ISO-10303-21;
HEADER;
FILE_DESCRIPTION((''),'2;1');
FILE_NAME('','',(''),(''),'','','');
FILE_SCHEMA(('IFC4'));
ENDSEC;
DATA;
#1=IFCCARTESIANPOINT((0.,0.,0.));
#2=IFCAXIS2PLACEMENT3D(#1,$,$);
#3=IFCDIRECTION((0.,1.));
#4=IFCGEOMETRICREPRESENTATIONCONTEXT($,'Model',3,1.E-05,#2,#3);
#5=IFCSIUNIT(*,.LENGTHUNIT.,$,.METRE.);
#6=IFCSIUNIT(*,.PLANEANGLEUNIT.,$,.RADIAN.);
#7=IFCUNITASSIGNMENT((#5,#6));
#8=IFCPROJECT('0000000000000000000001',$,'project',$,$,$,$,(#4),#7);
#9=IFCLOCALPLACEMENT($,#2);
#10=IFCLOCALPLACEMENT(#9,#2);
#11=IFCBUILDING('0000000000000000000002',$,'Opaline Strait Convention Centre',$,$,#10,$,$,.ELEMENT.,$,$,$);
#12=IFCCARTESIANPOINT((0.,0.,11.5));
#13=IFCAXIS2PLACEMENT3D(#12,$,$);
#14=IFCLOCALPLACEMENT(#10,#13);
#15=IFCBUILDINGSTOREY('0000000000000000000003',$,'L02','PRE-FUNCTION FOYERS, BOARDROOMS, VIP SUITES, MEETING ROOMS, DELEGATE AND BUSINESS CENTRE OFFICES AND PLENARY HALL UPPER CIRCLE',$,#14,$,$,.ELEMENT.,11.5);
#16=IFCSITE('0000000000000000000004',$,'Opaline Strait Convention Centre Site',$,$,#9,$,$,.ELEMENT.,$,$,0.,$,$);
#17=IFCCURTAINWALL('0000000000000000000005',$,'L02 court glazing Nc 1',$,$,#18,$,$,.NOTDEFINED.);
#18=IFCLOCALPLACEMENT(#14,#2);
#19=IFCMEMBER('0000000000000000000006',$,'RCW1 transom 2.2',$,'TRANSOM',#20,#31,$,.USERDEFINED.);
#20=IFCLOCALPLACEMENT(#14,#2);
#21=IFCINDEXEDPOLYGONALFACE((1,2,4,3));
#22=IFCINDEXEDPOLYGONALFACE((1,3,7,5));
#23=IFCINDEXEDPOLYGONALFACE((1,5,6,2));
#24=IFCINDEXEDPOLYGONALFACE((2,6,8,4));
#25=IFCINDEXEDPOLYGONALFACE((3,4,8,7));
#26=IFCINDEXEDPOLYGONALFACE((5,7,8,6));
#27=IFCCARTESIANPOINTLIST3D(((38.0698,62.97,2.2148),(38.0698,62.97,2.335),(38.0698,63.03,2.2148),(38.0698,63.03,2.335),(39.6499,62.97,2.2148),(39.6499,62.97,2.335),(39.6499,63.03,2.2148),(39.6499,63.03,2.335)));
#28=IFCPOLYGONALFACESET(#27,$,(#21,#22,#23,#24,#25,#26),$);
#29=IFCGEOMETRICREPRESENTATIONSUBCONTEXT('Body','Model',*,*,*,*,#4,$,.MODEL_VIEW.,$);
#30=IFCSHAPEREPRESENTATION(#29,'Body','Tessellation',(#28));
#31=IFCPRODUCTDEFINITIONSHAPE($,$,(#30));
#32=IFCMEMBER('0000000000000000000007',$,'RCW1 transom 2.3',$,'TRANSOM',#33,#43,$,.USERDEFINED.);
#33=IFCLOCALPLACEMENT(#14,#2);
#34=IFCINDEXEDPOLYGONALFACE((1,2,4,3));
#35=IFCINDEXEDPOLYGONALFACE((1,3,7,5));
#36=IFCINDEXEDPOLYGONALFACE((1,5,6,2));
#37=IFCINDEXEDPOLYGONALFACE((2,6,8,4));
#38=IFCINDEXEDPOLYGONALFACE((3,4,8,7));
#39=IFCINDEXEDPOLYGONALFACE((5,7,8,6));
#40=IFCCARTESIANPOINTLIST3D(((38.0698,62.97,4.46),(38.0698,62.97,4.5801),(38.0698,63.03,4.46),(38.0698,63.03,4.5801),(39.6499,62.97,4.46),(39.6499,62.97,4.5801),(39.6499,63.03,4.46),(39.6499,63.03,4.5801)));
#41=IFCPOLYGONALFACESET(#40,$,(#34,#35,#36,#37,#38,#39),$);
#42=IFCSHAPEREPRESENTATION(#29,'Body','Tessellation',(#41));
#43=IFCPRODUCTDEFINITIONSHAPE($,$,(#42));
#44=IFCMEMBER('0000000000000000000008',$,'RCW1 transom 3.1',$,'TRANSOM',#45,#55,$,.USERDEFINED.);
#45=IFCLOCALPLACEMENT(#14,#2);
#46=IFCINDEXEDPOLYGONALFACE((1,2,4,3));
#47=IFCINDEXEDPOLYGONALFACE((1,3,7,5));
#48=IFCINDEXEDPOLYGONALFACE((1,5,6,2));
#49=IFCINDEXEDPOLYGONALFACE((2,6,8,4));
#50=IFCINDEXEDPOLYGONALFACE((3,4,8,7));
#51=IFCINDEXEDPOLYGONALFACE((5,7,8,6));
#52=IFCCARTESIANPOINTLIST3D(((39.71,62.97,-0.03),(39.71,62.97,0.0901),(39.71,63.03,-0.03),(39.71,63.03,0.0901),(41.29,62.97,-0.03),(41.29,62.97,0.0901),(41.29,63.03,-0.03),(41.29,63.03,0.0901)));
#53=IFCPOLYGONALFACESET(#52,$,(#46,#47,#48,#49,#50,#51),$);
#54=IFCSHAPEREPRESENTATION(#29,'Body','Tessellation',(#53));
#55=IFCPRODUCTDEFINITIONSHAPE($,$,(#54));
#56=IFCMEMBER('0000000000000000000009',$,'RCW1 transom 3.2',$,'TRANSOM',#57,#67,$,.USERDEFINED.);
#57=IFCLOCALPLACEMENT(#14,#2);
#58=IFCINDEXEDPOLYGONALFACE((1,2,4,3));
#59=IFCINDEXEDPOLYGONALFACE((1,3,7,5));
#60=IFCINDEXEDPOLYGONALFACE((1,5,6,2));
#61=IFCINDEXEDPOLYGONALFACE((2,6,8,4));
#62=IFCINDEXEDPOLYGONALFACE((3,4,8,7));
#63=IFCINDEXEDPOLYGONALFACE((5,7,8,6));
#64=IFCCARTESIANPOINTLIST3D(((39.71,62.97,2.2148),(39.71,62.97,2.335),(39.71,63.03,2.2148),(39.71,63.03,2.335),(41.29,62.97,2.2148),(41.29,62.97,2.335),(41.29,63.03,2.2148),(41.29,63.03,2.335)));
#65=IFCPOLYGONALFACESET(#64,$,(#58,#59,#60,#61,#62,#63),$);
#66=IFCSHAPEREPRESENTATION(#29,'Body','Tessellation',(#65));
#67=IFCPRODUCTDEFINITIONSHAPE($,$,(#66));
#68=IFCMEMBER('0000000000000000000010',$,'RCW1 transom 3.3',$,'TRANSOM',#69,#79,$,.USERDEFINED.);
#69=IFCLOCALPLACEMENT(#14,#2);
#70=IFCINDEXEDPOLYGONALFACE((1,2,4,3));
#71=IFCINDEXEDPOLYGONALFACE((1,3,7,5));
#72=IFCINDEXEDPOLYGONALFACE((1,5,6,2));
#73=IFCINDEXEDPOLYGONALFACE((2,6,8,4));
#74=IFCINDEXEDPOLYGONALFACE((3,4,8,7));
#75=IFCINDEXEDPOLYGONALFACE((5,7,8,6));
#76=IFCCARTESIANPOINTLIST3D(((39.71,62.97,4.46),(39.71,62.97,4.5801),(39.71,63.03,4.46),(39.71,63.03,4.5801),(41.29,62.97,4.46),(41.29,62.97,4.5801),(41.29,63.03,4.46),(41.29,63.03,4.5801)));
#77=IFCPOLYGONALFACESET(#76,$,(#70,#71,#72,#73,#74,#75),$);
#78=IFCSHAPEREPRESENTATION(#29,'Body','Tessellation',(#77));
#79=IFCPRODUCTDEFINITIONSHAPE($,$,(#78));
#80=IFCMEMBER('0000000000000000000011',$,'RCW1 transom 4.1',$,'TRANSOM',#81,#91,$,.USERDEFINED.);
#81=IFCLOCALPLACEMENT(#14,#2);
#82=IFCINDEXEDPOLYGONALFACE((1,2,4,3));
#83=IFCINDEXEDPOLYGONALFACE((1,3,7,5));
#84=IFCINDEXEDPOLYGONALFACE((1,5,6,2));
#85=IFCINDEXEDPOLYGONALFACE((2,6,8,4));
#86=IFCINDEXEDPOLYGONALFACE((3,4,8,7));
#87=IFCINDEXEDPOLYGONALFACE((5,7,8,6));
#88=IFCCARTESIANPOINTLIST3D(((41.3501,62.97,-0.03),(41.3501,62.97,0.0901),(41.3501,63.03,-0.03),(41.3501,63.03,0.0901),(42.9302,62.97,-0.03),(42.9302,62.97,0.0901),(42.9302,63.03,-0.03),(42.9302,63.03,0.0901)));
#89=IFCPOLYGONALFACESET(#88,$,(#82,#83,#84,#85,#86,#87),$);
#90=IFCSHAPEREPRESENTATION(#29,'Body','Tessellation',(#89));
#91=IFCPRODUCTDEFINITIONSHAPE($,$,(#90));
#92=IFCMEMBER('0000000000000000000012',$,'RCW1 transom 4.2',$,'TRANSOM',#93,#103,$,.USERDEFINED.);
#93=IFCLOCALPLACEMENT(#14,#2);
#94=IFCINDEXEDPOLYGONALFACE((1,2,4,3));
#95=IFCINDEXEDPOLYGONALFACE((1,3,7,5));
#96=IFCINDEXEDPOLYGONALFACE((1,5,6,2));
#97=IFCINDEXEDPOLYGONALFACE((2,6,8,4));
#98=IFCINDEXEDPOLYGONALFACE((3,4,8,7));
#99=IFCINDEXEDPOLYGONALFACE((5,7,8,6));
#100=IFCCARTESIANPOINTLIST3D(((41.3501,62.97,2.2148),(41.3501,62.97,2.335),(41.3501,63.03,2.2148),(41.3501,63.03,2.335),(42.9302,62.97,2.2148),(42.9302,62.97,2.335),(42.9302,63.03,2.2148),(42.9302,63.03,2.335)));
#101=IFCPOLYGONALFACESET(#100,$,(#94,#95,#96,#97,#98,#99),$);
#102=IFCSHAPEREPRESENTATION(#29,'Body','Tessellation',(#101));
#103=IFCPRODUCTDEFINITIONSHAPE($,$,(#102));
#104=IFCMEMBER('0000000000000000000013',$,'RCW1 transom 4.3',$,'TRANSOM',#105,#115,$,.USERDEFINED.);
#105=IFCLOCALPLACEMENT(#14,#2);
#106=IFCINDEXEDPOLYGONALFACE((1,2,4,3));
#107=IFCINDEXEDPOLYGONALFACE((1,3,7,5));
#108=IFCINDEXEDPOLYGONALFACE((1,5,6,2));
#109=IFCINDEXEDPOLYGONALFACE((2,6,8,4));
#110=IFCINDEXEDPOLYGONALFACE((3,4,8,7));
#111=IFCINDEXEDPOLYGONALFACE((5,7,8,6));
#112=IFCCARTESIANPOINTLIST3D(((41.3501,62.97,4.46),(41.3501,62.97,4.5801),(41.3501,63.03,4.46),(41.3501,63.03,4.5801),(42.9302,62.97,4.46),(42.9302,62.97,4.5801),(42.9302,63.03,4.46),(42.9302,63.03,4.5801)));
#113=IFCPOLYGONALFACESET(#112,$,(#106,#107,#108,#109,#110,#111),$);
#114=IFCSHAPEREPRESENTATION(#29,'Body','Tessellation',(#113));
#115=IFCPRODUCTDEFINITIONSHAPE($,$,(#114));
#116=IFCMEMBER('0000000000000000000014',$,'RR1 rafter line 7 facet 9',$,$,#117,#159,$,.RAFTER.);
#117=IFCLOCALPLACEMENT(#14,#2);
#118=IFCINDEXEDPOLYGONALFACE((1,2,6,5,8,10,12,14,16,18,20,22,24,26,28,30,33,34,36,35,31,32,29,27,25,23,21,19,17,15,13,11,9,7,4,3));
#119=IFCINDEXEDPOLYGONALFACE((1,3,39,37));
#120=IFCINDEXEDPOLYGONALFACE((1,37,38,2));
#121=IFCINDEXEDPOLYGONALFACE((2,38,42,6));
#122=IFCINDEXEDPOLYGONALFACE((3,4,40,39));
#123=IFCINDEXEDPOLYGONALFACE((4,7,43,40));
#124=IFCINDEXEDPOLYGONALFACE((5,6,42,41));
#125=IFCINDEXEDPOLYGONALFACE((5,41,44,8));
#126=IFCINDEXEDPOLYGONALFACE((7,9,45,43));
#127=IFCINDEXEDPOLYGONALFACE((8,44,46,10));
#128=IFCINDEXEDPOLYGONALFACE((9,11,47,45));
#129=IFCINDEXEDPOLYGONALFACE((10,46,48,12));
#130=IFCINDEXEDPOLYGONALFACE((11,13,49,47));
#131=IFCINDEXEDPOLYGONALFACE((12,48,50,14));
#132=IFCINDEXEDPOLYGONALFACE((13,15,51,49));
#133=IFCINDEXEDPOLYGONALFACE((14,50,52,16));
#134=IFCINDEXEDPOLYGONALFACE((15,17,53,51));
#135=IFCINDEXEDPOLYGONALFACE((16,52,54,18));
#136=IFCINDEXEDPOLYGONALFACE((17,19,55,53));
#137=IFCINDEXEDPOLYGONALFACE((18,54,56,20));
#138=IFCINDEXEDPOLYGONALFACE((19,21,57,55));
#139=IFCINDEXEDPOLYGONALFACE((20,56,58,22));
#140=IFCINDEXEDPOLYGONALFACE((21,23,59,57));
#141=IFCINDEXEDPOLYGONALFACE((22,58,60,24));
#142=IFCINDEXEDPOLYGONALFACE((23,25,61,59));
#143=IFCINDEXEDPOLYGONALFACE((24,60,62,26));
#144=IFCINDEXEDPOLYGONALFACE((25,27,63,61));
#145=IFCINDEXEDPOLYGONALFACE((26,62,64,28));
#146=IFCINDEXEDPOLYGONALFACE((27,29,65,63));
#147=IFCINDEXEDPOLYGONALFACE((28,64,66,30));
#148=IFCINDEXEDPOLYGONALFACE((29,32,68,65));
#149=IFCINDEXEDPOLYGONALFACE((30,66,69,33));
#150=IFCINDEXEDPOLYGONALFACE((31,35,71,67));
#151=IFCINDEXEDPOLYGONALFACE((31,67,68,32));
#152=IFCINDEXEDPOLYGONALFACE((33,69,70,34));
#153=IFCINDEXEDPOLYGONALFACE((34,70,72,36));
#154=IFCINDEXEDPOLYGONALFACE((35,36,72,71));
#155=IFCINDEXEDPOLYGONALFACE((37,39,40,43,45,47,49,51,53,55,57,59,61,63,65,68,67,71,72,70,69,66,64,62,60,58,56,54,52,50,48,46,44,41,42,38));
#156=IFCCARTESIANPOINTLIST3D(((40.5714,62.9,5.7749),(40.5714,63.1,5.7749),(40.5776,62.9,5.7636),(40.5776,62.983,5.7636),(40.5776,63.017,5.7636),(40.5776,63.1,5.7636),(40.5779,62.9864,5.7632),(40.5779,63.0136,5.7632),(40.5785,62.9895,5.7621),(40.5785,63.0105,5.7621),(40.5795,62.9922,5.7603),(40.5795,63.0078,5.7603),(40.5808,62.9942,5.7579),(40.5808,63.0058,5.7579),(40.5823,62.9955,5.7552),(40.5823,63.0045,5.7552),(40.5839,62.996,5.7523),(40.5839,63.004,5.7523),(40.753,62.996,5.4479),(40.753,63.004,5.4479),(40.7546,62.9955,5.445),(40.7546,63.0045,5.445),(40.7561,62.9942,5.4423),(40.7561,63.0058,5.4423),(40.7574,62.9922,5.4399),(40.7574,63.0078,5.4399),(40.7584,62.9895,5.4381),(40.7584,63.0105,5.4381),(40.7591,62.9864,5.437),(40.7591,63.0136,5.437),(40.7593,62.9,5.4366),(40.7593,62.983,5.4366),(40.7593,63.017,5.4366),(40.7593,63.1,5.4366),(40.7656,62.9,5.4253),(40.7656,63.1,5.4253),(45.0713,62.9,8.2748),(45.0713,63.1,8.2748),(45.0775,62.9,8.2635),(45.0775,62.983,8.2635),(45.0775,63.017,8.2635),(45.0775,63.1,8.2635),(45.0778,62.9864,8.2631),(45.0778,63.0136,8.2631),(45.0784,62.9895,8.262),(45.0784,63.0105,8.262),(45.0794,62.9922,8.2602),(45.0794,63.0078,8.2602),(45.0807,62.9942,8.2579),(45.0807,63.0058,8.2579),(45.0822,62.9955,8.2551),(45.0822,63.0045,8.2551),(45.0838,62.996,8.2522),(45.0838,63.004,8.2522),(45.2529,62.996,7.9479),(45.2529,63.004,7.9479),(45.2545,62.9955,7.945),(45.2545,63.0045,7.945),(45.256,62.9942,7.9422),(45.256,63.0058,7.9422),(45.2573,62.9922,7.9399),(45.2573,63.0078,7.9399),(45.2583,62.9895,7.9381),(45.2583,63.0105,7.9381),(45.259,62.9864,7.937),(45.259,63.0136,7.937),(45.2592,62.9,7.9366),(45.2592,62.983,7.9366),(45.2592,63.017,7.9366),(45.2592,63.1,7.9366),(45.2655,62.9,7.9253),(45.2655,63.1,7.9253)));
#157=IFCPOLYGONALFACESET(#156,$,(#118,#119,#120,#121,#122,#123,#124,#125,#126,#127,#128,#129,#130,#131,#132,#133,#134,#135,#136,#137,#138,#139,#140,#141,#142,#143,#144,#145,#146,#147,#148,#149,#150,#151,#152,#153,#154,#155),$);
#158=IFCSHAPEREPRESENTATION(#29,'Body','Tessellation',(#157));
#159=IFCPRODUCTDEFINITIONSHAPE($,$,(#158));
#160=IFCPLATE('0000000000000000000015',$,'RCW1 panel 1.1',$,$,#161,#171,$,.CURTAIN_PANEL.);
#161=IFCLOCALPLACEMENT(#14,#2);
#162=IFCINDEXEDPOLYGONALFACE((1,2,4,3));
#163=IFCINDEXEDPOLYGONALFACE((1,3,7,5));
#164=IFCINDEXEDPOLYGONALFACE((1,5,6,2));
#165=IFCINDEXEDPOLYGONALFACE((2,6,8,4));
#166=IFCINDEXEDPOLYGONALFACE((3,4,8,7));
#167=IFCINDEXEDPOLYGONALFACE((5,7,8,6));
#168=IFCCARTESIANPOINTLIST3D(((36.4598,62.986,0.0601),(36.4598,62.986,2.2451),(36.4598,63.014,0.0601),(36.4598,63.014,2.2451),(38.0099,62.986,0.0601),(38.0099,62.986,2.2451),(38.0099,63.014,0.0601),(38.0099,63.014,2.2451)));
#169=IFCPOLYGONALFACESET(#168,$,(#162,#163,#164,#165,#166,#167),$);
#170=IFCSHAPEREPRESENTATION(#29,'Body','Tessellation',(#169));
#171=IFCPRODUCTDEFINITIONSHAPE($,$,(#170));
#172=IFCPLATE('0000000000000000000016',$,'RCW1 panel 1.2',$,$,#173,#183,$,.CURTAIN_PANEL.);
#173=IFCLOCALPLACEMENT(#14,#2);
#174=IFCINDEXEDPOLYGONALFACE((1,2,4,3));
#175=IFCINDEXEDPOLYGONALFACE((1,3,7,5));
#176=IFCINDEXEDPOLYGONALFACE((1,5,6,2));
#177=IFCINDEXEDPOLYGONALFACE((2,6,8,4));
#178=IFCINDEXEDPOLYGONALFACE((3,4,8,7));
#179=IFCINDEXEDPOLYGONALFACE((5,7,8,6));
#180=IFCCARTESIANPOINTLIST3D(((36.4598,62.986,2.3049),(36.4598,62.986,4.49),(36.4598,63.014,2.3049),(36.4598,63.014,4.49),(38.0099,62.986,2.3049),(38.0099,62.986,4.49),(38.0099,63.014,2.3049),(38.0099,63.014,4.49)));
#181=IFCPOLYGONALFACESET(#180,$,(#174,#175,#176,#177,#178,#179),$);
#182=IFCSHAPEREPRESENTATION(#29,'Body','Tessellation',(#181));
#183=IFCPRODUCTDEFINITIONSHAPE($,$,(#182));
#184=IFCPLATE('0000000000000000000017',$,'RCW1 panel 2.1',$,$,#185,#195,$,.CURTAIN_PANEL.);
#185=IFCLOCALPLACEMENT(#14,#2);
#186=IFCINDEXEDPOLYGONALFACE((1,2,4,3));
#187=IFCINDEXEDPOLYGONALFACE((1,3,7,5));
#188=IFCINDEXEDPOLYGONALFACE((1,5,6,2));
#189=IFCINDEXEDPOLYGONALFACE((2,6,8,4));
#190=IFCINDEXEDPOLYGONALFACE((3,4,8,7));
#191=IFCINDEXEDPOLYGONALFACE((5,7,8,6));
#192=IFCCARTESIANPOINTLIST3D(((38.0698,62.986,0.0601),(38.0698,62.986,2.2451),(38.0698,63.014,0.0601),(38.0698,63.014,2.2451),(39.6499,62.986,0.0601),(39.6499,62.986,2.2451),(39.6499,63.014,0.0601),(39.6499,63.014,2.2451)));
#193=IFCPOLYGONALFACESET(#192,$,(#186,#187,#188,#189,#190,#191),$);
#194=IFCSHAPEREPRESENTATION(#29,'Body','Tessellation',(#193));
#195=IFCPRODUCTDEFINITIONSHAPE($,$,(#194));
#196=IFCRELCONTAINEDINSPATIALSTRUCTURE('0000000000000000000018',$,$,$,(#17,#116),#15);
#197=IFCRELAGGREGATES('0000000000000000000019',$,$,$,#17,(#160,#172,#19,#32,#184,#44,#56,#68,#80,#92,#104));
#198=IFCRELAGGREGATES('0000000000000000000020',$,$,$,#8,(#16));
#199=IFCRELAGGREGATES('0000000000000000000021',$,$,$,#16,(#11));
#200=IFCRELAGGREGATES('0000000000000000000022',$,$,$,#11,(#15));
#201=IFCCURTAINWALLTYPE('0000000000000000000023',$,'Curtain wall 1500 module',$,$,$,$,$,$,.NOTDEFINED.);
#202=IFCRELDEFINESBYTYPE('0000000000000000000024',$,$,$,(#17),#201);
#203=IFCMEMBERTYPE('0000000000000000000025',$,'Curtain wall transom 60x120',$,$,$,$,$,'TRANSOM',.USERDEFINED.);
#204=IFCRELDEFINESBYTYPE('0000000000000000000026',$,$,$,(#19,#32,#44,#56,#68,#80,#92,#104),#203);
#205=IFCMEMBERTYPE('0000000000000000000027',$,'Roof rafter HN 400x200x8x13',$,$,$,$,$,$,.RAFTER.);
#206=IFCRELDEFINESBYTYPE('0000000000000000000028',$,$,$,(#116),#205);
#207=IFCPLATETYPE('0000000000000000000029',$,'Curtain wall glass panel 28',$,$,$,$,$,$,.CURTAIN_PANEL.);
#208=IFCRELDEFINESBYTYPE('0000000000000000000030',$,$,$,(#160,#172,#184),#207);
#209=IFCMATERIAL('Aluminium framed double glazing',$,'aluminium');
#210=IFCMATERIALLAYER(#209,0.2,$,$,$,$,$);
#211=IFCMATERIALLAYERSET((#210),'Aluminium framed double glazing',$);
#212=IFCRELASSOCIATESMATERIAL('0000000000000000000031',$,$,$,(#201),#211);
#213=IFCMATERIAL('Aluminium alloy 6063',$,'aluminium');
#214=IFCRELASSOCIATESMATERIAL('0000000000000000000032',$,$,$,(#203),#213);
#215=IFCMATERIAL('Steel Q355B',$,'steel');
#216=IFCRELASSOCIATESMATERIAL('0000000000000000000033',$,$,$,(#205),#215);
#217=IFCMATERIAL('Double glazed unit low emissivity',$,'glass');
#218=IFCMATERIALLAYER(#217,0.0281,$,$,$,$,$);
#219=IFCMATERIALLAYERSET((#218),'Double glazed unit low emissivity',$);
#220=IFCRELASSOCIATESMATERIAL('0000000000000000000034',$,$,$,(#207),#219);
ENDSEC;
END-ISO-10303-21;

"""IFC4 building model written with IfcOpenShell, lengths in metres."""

from ifc_helpers import new_model, si_unit, direction, frame, origin, origin_2d, place, context, subcontext, project, spatial, rectangle, i_section, extrude, material, layer, layer_set, material_profile, profile_set, type_object, element, aggregate, save


model = new_model("IFC4")

# Units and contexts
model_context = context("Model", 3, precision=1e-05, world=origin(), true_north=direction((0.0, 1.0)))
body_context = subcontext(model_context, "Body", "Model", "MODEL_VIEW")
ifc_project = project(units=[si_unit("LENGTHUNIT", "METRE"), si_unit("PLANEANGLEUNIT", "RADIAN")], contexts=[model_context])

# Site, building, storey
site_placement = place(None, origin())
site = spatial("IfcSite", under=ifc_project, at=site_placement, Name="Opaline Strait Convention Centre Site", CompositionType="ELEMENT", RefElevation=0.0)
building_placement = place(site_placement, origin())
building = spatial("IfcBuilding", under=site, at=building_placement, Name="Opaline Strait Convention Centre", CompositionType="ELEMENT")
storey_placement = place(building_placement, frame((0.0, 0.0, 11.5)))
storey = spatial("IfcBuildingStorey", under=building, at=storey_placement, Name="L02", Description="PRE-FUNCTION FOYERS, BOARDROOMS, VIP SUITES, MEETING ROOMS, DELEGATE AND BUSINESS CENTRE OFFICES AND PLENARY HALL UPPER CIRCLE", CompositionType="ELEMENT", Elevation=11.5)

# Shared definitions
ifc_material_1 = material(Name="Steel Q355B", Category="steel")

# Curtain wall, members
ifc_material_2 = material(Name="Aluminium framed double glazing", Category="aluminium")
ifc_layer_1 = layer(ifc_material_2, 0.2)
ifc_layer_set_1 = layer_set([ifc_layer_1], Name="Aluminium framed double glazing")
curtain_wall_type = type_object("IfcCurtainWallType", Name="Curtain wall 1500 module", PredefinedType="NOTDEFINED", material=ifc_layer_set_1)
curtain_wall_placement = place(storey_placement, origin())
curtain_wall = element("IfcCurtainWall", 1, at=curtain_wall_placement, inside=storey, type_object=curtain_wall_type, Name="L02 court glazing Nc 1", PredefinedType="NOTDEFINED")
ifc_material_3 = material(Name="Aluminium alloy 6063", Category="aluminium")
ifc_material_profile_1 = material_profile(ifc_material_3, rectangle(XDim=0.0601, YDim=0.1201, at=origin_2d()), Name="Curtain wall transom 60x120")
ifc_profile_set_1 = profile_set([ifc_material_profile_1], Name="Aluminium alloy 6063")
member_type_1 = type_object("IfcMemberType", Name="Curtain wall transom 60x120", ElementType="TRANSOM", PredefinedType="USERDEFINED", material=ifc_profile_set_1)
member_1_placement = place(storey_placement, frame((38.0698, 63.0, 2.2749), z_axis=(1.0, 0.0, 0.0), x_axis=(0.0, 1.0, 0.0)))
member_1 = element("IfcMember", 2, at=member_1_placement, type_object=member_type_1, Name="RCW1 transom 2.2", ObjectType="TRANSOM", PredefinedType="USERDEFINED", context=body_context, shape_type="SweptSolid", body=[
    extrude(rectangle(XDim=0.0601, YDim=0.1201, at=origin_2d()), origin(), (0.0, 0.0, 1.0), 1.5801),
])
member_2_placement = place(storey_placement, frame((38.0698, 63.0, 4.52), z_axis=(1.0, 0.0, 0.0), x_axis=(0.0, 1.0, 0.0)))
member_2 = element("IfcMember", 3, at=member_2_placement, type_object=member_type_1, Name="RCW1 transom 2.3", ObjectType="TRANSOM", PredefinedType="USERDEFINED", context=body_context, shape_type="SweptSolid", body=[
    extrude(rectangle(XDim=0.0601, YDim=0.1201, at=origin_2d()), origin(), (0.0, 0.0, 1.0), 1.5801),
])
member_3_placement = place(storey_placement, frame((39.71, 63.0, 0.03), z_axis=(1.0, 0.0, 0.0), x_axis=(0.0, 1.0, 0.0)))
member_3 = element("IfcMember", 4, at=member_3_placement, type_object=member_type_1, Name="RCW1 transom 3.1", ObjectType="TRANSOM", PredefinedType="USERDEFINED", context=body_context, shape_type="SweptSolid", body=[
    extrude(rectangle(XDim=0.0601, YDim=0.1201, at=origin_2d()), origin(), (0.0, 0.0, 1.0), 1.5801),
])
member_4_placement = place(storey_placement, frame((39.71, 63.0, 2.2749), z_axis=(1.0, 0.0, 0.0), x_axis=(0.0, 1.0, 0.0)))
member_4 = element("IfcMember", 5, at=member_4_placement, type_object=member_type_1, Name="RCW1 transom 3.2", ObjectType="TRANSOM", PredefinedType="USERDEFINED", context=body_context, shape_type="SweptSolid", body=[
    extrude(rectangle(XDim=0.0601, YDim=0.1201, at=origin_2d()), origin(), (0.0, 0.0, 1.0), 1.5801),
])
member_5_placement = place(storey_placement, frame((39.71, 63.0, 4.52), z_axis=(1.0, 0.0, 0.0), x_axis=(0.0, 1.0, 0.0)))
member_5 = element("IfcMember", 6, at=member_5_placement, type_object=member_type_1, Name="RCW1 transom 3.3", ObjectType="TRANSOM", PredefinedType="USERDEFINED", context=body_context, shape_type="SweptSolid", body=[
    extrude(rectangle(XDim=0.0601, YDim=0.1201, at=origin_2d()), origin(), (0.0, 0.0, 1.0), 1.5801),
])
member_6_placement = place(storey_placement, frame((41.3501, 63.0, 0.03), z_axis=(1.0, 0.0, 0.0), x_axis=(0.0, 1.0, 0.0)))
member_6 = element("IfcMember", 7, at=member_6_placement, type_object=member_type_1, Name="RCW1 transom 4.1", ObjectType="TRANSOM", PredefinedType="USERDEFINED", context=body_context, shape_type="SweptSolid", body=[
    extrude(rectangle(XDim=0.0601, YDim=0.1201, at=origin_2d()), origin(), (0.0, 0.0, 1.0), 1.5801),
])
member_7_placement = place(storey_placement, frame((41.3501, 63.0, 2.2749), z_axis=(1.0, 0.0, 0.0), x_axis=(0.0, 1.0, 0.0)))
member_7 = element("IfcMember", 8, at=member_7_placement, type_object=member_type_1, Name="RCW1 transom 4.2", ObjectType="TRANSOM", PredefinedType="USERDEFINED", context=body_context, shape_type="SweptSolid", body=[
    extrude(rectangle(XDim=0.0601, YDim=0.1201, at=origin_2d()), origin(), (0.0, 0.0, 1.0), 1.5801),
])
member_8_placement = place(storey_placement, frame((41.3501, 63.0, 4.52), z_axis=(1.0, 0.0, 0.0), x_axis=(0.0, 1.0, 0.0)))
member_8 = element("IfcMember", 9, at=member_8_placement, type_object=member_type_1, Name="RCW1 transom 4.3", ObjectType="TRANSOM", PredefinedType="USERDEFINED", context=body_context, shape_type="SweptSolid", body=[
    extrude(rectangle(XDim=0.0601, YDim=0.1201, at=origin_2d()), origin(), (0.0, 0.0, 1.0), 1.5801),
])

# Member
ifc_material_profile_2 = material_profile(ifc_material_1, i_section(OverallWidth=0.2, OverallDepth=0.3999, WebThickness=0.0081, FlangeThickness=0.0129, FilletRadius=0.0129, at=origin_2d()), Name="HN 400x200x8x13")
ifc_profile_set_2 = profile_set([ifc_material_profile_2], Name="Steel Q355B")
member_type_2 = type_object("IfcMemberType", Name="Roof rafter HN 400x200x8x13", PredefinedType="RAFTER", material=ifc_profile_set_2)
member_9_placement = place(storey_placement, frame((40.6685, 63.0, 5.6001), z_axis=(0.874157, 0.0, 0.485643), x_axis=(0.0, 1.0, 0.0)))
element("IfcMember", 10, at=member_9_placement, inside=storey, type_object=member_type_2, Name="RR1 rafter line 7 facet 9", PredefinedType="RAFTER", context=body_context, shape_type="SweptSolid", body=[
    extrude(i_section(OverallWidth=0.2, OverallDepth=0.3999, WebThickness=0.0081, FlangeThickness=0.0129, FilletRadius=0.0129, at=origin_2d()), origin(), (0.0, 0.0, 1.0), 5.1477),
])

# Plates
ifc_material_4 = material(Name="Double glazed unit low emissivity", Category="glass")
ifc_layer_2 = layer(ifc_material_4, 0.0281)
ifc_layer_set_2 = layer_set([ifc_layer_2], Name="Double glazed unit low emissivity")
plate_type = type_object("IfcPlateType", Name="Curtain wall glass panel 28", PredefinedType="CURTAIN_PANEL", material=ifc_layer_set_2)
plate_1_placement = place(storey_placement, frame((37.2349, 63.0, 0.0601), z_axis=(0.0, 0.0, 1.0), x_axis=(1.0, 0.0, 0.0)))
plate_1 = element("IfcPlate", 11, at=plate_1_placement, type_object=plate_type, Name="RCW1 panel 1.1", PredefinedType="CURTAIN_PANEL", context=body_context, shape_type="SweptSolid", body=[
    extrude(rectangle(XDim=1.55, YDim=0.0281, at=origin_2d()), origin(), (0.0, 0.0, 1.0), 2.1851),
])
plate_2_placement = place(storey_placement, frame((37.2349, 63.0, 2.3049), z_axis=(0.0, 0.0, 1.0), x_axis=(1.0, 0.0, 0.0)))
plate_2 = element("IfcPlate", 12, at=plate_2_placement, type_object=plate_type, Name="RCW1 panel 1.2", PredefinedType="CURTAIN_PANEL", context=body_context, shape_type="SweptSolid", body=[
    extrude(rectangle(XDim=1.55, YDim=0.0281, at=origin_2d()), origin(), (0.0, 0.0, 1.0), 2.1851),
])
plate_3_placement = place(storey_placement, frame((38.8599, 63.0, 0.0601), z_axis=(0.0, 0.0, 1.0), x_axis=(1.0, 0.0, 0.0)))
plate_3 = element("IfcPlate", 13, at=plate_3_placement, type_object=plate_type, Name="RCW1 panel 2.1", PredefinedType="CURTAIN_PANEL", context=body_context, shape_type="SweptSolid", body=[
    extrude(rectangle(XDim=1.5801, YDim=0.0281, at=origin_2d()), origin(), (0.0, 0.0, 1.0), 2.1851),
])
aggregate(curtain_wall, [plate_1, plate_2, member_1, member_2, plate_3, member_3, member_4, member_5, member_6, member_7, member_8])

save(model, "model.ifc")
